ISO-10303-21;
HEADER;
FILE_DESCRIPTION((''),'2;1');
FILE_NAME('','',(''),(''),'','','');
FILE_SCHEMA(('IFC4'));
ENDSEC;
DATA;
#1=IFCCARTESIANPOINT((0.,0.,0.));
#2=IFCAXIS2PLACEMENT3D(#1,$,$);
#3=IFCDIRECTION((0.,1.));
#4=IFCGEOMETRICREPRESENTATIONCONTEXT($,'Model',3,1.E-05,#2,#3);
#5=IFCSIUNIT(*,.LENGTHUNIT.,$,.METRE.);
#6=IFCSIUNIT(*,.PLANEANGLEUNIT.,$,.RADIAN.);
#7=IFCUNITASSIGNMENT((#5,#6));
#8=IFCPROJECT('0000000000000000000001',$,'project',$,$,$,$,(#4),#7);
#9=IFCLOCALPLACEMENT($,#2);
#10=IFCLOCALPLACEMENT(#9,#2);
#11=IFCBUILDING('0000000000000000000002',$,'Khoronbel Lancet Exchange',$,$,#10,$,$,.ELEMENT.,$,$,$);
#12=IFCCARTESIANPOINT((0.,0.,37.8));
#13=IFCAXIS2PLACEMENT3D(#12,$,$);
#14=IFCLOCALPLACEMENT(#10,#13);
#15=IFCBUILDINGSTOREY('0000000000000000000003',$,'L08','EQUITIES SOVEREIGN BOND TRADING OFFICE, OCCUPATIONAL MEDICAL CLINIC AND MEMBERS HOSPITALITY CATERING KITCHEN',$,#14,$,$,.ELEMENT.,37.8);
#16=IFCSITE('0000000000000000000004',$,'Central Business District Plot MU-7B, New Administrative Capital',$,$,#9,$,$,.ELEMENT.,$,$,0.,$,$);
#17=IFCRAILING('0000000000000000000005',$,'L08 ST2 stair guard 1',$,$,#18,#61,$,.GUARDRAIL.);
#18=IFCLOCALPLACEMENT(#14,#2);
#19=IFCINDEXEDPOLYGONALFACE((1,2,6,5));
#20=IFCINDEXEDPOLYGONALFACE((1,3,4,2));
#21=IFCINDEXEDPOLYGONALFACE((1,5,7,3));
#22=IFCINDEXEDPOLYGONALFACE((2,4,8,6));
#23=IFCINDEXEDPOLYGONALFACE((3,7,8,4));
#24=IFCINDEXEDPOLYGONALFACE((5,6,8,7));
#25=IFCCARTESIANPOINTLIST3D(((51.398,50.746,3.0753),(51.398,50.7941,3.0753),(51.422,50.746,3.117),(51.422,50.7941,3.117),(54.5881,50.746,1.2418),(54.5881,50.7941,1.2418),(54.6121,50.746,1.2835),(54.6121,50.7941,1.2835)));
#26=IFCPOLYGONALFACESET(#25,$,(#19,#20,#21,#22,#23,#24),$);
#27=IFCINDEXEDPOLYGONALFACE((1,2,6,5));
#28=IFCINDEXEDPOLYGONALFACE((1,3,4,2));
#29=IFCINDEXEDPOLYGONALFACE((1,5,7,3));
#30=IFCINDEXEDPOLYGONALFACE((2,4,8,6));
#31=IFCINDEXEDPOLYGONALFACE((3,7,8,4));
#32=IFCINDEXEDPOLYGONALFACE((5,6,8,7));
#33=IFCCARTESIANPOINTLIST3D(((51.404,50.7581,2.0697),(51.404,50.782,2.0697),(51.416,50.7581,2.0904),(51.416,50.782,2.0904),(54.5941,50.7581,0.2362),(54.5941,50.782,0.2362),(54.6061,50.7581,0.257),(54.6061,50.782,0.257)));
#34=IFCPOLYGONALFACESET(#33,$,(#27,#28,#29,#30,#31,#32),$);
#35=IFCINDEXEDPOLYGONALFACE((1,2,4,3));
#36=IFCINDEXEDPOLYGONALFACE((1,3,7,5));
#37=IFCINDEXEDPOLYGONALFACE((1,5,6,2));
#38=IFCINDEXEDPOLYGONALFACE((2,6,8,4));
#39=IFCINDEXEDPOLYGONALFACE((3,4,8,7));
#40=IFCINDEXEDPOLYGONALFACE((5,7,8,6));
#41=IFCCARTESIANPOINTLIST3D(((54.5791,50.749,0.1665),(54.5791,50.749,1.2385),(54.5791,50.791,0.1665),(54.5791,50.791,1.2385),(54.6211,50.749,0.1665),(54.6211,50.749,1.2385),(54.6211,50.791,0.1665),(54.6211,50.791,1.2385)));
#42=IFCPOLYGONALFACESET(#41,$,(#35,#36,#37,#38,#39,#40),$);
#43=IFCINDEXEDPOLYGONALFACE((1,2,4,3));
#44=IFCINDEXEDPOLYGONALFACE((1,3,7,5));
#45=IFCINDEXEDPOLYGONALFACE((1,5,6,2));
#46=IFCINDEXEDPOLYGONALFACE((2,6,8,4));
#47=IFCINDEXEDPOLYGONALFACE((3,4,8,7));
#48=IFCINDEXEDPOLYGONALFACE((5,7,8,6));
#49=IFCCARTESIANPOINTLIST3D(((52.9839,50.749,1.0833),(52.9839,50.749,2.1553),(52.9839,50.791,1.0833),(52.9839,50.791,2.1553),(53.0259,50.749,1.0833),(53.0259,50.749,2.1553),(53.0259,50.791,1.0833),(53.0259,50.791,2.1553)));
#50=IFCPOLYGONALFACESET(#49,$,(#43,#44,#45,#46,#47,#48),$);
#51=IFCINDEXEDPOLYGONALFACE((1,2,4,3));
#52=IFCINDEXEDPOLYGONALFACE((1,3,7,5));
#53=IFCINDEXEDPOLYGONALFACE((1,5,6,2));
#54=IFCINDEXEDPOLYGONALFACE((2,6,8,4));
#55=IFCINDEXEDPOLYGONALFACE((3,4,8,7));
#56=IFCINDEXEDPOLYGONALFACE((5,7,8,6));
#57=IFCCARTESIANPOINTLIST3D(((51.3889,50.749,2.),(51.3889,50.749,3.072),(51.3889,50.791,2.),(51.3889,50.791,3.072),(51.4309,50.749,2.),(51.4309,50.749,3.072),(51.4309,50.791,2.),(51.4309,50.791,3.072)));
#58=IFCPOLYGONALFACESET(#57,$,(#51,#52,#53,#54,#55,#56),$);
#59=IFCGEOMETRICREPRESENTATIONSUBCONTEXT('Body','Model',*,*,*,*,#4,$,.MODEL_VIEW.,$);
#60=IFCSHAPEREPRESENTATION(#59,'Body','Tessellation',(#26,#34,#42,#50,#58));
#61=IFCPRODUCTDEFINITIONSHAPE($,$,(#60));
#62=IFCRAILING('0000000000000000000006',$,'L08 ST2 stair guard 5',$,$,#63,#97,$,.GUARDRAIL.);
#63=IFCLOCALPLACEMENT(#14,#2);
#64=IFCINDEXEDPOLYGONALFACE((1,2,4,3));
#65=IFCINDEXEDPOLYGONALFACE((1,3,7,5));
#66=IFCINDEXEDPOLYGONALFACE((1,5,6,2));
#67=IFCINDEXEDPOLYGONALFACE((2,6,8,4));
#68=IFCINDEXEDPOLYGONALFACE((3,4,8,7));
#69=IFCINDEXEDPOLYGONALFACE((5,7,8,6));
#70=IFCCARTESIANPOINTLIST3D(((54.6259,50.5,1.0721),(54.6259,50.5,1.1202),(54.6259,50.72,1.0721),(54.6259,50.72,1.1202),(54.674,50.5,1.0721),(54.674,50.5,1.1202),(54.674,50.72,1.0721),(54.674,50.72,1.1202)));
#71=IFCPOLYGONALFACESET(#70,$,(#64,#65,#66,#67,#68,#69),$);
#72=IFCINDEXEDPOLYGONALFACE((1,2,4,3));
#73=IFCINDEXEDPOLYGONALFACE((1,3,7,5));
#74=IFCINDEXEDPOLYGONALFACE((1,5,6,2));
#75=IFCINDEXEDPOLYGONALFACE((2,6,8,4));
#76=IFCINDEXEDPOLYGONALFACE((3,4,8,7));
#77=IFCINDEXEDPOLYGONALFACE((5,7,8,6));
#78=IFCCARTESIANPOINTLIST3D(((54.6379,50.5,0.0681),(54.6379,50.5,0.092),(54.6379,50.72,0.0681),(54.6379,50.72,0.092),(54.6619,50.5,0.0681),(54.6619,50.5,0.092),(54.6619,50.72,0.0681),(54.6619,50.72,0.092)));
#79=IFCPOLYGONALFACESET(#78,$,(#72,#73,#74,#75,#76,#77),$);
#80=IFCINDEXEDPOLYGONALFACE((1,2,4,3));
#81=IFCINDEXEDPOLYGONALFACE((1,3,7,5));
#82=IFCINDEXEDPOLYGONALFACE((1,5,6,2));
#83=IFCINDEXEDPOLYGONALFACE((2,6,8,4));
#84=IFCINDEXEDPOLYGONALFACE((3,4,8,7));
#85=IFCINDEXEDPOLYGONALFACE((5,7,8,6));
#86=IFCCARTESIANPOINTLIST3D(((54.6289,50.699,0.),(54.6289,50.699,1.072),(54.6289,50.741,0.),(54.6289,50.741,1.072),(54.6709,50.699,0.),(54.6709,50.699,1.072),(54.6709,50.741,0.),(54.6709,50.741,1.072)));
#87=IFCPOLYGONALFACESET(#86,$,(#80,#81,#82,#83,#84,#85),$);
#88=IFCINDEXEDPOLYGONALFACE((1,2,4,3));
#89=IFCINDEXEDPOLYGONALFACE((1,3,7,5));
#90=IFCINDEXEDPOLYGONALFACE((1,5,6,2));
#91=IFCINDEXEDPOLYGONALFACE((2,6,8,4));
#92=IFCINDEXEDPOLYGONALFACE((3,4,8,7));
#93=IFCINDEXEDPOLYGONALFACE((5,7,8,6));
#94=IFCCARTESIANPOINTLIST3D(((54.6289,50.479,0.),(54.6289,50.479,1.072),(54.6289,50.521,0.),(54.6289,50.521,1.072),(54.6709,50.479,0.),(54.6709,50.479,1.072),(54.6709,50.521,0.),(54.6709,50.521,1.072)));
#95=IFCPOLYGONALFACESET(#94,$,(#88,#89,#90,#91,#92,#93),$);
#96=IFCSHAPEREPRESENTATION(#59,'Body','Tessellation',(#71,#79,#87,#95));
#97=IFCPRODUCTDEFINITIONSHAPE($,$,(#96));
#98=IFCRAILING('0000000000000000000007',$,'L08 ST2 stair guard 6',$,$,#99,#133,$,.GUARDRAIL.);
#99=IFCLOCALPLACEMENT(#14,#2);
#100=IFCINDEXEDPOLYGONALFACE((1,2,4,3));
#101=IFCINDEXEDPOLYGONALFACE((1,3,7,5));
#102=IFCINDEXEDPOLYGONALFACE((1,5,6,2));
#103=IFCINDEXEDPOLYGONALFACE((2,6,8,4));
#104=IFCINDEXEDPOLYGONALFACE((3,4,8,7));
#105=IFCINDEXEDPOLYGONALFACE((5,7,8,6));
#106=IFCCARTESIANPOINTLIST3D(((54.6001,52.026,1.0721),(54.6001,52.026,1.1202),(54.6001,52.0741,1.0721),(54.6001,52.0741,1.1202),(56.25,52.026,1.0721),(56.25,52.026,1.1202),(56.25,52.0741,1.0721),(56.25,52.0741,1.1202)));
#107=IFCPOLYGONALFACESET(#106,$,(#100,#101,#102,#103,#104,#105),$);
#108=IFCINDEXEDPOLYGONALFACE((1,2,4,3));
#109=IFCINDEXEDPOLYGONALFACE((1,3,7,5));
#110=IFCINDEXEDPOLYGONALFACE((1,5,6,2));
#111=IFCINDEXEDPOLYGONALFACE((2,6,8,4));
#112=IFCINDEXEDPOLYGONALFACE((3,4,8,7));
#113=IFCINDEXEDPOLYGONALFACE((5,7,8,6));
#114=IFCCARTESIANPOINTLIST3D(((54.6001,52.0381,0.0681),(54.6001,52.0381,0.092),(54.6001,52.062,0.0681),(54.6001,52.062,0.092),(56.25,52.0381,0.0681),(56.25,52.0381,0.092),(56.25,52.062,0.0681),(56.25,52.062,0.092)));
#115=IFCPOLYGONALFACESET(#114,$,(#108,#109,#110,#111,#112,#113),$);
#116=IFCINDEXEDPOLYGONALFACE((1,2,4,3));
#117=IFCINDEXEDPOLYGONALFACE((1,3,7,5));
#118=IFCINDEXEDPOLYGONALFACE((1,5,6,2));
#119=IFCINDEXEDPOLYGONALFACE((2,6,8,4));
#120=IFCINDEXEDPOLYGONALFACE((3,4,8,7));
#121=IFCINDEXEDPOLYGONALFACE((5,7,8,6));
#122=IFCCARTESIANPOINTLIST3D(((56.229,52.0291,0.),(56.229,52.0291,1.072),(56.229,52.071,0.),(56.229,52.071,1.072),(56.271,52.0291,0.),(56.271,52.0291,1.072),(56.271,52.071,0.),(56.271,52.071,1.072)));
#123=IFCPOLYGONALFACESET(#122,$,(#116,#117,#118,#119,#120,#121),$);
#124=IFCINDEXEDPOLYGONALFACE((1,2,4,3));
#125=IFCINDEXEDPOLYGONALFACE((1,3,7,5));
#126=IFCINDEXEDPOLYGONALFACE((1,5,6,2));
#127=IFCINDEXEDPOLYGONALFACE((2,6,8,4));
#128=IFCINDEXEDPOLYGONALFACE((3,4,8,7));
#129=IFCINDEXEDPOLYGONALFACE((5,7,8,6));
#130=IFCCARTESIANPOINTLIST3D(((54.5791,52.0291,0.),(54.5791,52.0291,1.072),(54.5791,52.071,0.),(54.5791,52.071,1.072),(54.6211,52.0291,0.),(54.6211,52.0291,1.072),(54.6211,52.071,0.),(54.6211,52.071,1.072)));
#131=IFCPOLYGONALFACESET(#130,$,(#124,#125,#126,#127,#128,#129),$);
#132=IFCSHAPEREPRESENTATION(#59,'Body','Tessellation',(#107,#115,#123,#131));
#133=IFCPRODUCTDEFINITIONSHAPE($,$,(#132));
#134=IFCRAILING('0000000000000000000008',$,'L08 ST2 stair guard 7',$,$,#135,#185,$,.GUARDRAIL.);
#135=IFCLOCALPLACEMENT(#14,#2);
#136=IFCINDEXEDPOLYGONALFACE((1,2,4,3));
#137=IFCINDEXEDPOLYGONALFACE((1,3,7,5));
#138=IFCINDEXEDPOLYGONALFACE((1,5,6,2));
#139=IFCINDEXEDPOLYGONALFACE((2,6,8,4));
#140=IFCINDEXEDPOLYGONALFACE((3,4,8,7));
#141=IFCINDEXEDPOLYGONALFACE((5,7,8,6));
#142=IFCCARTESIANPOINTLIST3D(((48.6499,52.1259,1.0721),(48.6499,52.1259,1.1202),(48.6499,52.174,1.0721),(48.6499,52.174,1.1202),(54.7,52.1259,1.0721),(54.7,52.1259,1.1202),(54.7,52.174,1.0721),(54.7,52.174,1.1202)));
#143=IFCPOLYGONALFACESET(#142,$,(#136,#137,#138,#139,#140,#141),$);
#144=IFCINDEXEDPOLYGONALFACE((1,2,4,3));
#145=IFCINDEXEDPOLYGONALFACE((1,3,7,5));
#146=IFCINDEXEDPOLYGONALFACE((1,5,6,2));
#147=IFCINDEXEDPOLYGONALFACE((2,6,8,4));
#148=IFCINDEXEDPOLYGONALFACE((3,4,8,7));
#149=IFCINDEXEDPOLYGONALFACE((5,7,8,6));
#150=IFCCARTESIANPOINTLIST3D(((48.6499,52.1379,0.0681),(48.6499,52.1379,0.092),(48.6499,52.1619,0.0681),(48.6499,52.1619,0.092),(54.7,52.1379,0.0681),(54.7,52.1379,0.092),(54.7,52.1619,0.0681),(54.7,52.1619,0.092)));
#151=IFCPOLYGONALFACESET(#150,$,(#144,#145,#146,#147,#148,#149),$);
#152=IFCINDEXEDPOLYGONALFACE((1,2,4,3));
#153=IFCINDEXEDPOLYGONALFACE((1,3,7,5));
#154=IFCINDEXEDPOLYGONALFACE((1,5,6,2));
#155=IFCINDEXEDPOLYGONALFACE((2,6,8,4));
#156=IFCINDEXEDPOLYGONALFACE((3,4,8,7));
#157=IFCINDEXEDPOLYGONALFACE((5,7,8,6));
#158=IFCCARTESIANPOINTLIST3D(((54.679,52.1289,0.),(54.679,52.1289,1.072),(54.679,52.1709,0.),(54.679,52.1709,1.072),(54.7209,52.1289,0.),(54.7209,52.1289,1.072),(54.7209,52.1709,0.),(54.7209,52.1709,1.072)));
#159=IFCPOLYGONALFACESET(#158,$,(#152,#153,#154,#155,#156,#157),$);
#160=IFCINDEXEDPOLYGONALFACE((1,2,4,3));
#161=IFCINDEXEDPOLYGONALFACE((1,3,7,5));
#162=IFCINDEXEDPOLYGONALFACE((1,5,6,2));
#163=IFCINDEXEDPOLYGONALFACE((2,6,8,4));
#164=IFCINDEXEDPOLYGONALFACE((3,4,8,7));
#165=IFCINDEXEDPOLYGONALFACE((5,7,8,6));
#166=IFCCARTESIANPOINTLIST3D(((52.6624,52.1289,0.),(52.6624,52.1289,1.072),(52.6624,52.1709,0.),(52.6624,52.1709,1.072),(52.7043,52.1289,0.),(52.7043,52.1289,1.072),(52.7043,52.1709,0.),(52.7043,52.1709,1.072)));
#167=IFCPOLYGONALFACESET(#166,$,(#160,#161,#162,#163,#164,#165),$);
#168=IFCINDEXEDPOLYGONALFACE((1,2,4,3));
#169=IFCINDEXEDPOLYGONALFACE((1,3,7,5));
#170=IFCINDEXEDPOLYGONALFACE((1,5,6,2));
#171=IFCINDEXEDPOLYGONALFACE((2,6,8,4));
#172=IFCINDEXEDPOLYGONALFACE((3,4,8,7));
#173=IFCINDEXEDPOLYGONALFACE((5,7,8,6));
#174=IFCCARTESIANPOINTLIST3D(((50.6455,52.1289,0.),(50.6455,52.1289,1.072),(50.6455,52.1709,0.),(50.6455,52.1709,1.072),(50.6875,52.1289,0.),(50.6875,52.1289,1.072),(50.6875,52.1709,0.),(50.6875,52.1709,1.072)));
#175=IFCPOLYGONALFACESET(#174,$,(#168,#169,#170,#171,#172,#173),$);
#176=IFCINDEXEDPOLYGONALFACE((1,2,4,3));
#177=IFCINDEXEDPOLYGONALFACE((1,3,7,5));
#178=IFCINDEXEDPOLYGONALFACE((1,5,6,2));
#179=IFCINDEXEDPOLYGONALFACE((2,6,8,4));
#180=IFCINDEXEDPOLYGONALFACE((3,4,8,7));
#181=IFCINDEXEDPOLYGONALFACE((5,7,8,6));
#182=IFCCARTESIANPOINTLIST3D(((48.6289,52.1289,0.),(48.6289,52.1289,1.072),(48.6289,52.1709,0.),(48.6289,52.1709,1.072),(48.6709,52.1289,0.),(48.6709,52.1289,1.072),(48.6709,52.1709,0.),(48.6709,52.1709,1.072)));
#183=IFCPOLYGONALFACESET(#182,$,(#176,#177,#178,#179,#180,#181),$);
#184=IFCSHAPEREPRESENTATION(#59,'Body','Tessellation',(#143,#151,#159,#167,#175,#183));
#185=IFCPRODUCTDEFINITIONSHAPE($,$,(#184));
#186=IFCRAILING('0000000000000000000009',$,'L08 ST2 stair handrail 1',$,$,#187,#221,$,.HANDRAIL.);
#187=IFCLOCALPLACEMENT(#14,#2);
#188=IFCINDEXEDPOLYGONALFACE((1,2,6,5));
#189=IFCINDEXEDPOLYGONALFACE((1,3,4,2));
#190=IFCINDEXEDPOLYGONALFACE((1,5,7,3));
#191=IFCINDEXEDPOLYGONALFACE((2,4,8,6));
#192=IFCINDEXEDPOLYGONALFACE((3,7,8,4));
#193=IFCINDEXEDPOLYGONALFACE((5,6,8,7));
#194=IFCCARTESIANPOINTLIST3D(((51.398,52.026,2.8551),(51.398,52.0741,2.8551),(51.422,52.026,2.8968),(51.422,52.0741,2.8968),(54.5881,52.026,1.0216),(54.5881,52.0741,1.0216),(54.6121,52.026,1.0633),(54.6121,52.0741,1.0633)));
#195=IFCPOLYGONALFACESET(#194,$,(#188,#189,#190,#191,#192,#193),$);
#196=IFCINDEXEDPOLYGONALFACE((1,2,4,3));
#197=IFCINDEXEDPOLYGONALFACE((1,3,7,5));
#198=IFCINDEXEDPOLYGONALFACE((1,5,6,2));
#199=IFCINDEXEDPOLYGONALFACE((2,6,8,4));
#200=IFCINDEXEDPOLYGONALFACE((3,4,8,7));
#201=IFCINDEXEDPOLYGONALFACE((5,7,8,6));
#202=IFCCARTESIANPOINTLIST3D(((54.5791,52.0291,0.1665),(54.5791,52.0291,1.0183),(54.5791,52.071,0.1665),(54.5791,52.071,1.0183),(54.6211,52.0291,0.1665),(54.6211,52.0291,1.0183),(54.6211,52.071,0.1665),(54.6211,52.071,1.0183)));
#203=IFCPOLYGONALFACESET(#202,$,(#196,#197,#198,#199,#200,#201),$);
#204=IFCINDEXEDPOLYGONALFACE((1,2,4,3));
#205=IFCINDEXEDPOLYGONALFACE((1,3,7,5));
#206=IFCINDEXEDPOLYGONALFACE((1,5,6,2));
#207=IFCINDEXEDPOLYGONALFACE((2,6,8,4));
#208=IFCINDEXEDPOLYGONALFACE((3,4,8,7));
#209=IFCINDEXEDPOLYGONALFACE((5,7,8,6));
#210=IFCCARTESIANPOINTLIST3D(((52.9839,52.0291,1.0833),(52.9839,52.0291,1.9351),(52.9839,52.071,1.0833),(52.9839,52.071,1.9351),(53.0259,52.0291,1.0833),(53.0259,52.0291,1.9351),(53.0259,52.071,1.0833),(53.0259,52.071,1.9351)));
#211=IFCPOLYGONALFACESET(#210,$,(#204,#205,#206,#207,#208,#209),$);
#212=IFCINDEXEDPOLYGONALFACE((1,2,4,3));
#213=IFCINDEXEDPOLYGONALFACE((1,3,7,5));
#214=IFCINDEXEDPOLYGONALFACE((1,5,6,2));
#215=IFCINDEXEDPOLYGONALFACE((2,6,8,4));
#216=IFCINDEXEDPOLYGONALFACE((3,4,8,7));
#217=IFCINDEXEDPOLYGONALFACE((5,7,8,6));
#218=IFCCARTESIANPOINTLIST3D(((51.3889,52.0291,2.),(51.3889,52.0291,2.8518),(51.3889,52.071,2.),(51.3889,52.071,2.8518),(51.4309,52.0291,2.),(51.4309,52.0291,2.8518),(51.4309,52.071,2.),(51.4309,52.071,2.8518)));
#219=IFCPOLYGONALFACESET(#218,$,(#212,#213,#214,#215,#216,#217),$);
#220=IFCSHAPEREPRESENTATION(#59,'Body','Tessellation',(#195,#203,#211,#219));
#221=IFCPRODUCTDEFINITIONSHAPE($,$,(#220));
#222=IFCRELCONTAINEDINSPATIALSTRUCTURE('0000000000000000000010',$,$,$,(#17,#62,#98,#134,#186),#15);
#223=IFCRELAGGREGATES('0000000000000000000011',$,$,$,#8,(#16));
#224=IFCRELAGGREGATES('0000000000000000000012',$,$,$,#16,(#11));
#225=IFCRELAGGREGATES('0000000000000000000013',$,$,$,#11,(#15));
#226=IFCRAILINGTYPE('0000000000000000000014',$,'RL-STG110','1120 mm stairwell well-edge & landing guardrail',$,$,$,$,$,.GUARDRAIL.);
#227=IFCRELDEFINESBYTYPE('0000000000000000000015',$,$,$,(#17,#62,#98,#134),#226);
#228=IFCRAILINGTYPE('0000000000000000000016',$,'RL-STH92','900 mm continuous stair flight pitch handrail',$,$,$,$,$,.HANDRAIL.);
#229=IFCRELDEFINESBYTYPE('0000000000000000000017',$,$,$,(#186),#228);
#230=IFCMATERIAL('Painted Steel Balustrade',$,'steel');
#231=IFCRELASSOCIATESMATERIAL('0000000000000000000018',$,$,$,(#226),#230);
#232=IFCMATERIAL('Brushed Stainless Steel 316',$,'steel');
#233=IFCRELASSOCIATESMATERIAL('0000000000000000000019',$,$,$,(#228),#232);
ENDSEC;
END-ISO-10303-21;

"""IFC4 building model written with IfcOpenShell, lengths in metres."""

from ifc_helpers import new_model, si_unit, direction, frame, origin, origin_2d, place, context, subcontext, project, spatial, rectangle, extrude, material, type_object, element, save


model = new_model("IFC4")

# Units and contexts
model_context = context("Model", 3, precision=1e-05, world=origin(), true_north=direction((0.0, 1.0)))
body_context = subcontext(model_context, "Body", "Model", "MODEL_VIEW")
ifc_project = project(units=[si_unit("LENGTHUNIT", "METRE"), si_unit("PLANEANGLEUNIT", "RADIAN")], contexts=[model_context])

# Site, building, storey
site_placement = place(None, origin())
site = spatial("IfcSite", under=ifc_project, at=site_placement, Name="Central Business District Plot MU-7B, New Administrative Capital", CompositionType="ELEMENT", RefElevation=0.0)
building_placement = place(site_placement, origin())
building = spatial("IfcBuilding", under=site, at=building_placement, Name="Khoronbel Lancet Exchange", CompositionType="ELEMENT")
storey_placement = place(building_placement, frame((0.0, 0.0, 37.8)))
storey = spatial("IfcBuildingStorey", under=building, at=storey_placement, Name="L08", Description="EQUITIES SOVEREIGN BOND TRADING OFFICE, OCCUPATIONAL MEDICAL CLINIC AND MEMBERS HOSPITALITY CATERING KITCHEN", CompositionType="ELEMENT", Elevation=37.8)

# Railings
ifc_material_1 = material(Name="Painted Steel Balustrade", Category="steel")
railing_type_1 = type_object("IfcRailingType", Name="RL-STG110", Description="1120 mm stairwell well-edge & landing guardrail", PredefinedType="GUARDRAIL", material=ifc_material_1)
railing_1_placement = place(storey_placement, frame((54.6001, 50.77, 0.1665)))
element("IfcRailing", 1, at=railing_1_placement, inside=storey, type_object=railing_type_1, Name="L08 ST2 stair guard 1", PredefinedType="GUARDRAIL", context=body_context, shape_type="SweptSolid", body=[
    extrude(rectangle(XDim=0.0481, YDim=0.0481, at=origin_2d()), frame((0.0, 0.0, 1.0962), z_axis=(-0.867007, 0.0, 0.498295), x_axis=(0.0, -1.0, 0.0)), (0.0, 0.0, 1.0), 3.6794),
    extrude(rectangle(XDim=0.0239, YDim=0.0239, at=origin_2d()), frame((0.0, 0.0, 0.0801), z_axis=(-0.867007, 0.0, 0.498295), x_axis=(0.0, -1.0, 0.0)), (0.0, 0.0, 1.0), 3.6794),
    extrude(rectangle(XDim=0.042, YDim=0.042, at=origin_2d()), origin(), (0.0, 0.0, 1.0), 1.072),
    extrude(rectangle(XDim=0.042, YDim=0.042, at=origin_2d()), frame((-1.5952, 0.0, 0.9167)), (0.0, 0.0, 1.0), 1.072),
    extrude(rectangle(XDim=0.042, YDim=0.042, at=origin_2d()), frame((-3.1902, 0.0, 1.8335)), (0.0, 0.0, 1.0), 1.072),
])
railing_2_placement = place(storey_placement, frame((54.6499, 50.72, 0.0)))
element("IfcRailing", 2, at=railing_2_placement, inside=storey, type_object=railing_type_1, Name="L08 ST2 stair guard 5", PredefinedType="GUARDRAIL", context=body_context, shape_type="SweptSolid", body=[
    extrude(rectangle(XDim=0.0481, YDim=0.0481, at=origin_2d()), frame((0.0, 0.0, 1.0962), z_axis=(0.0, -1.0, 0.0), x_axis=(1.0, 0.0, 0.0)), (0.0, 0.0, 1.0), 0.22),
    extrude(rectangle(XDim=0.0239, YDim=0.0239, at=origin_2d()), frame((0.0, 0.0, 0.0801), z_axis=(0.0, -1.0, 0.0), x_axis=(1.0, 0.0, 0.0)), (0.0, 0.0, 1.0), 0.22),
    extrude(rectangle(XDim=0.042, YDim=0.042, at=origin_2d()), origin(), (0.0, 0.0, 1.0), 1.072),
    extrude(rectangle(XDim=0.042, YDim=0.042, at=origin_2d()), frame((0.0, -0.22, 0.0)), (0.0, 0.0, 1.0), 1.072),
])
railing_3_placement = place(storey_placement, frame((56.25, 52.05, 0.0)))
element("IfcRailing", 3, at=railing_3_placement, inside=storey, type_object=railing_type_1, Name="L08 ST2 stair guard 6", PredefinedType="GUARDRAIL", context=body_context, shape_type="SweptSolid", body=[
    extrude(rectangle(XDim=0.0481, YDim=0.0481, at=origin_2d()), frame((0.0, 0.0, 1.0962), z_axis=(-1.0, 0.0, 0.0), x_axis=(0.0, -1.0, 0.0)), (0.0, 0.0, 1.0), 1.6499),
    extrude(rectangle(XDim=0.0239, YDim=0.0239, at=origin_2d()), frame((0.0, 0.0, 0.0801), z_axis=(-1.0, 0.0, 0.0), x_axis=(0.0, -1.0, 0.0)), (0.0, 0.0, 1.0), 1.6499),
    extrude(rectangle(XDim=0.042, YDim=0.042, at=origin_2d()), origin(), (0.0, 0.0, 1.0), 1.072),
    extrude(rectangle(XDim=0.042, YDim=0.042, at=origin_2d()), frame((-1.6499, 0.0, 0.0)), (0.0, 0.0, 1.0), 1.072),
])
railing_4_placement = place(storey_placement, frame((54.7, 52.1499, 0.0)))
element("IfcRailing", 4, at=railing_4_placement, inside=storey, type_object=railing_type_1, Name="L08 ST2 stair guard 7", PredefinedType="GUARDRAIL", context=body_context, shape_type="SweptSolid", body=[
    extrude(rectangle(XDim=0.0481, YDim=0.0481, at=origin_2d()), frame((0.0, 0.0, 1.0962), z_axis=(-1.0, 0.0, 0.0), x_axis=(0.0, -1.0, 0.0)), (0.0, 0.0, 1.0), 6.05),
    extrude(rectangle(XDim=0.0239, YDim=0.0239, at=origin_2d()), frame((0.0, 0.0, 0.0801), z_axis=(-1.0, 0.0, 0.0), x_axis=(0.0, -1.0, 0.0)), (0.0, 0.0, 1.0), 6.05),
    extrude(rectangle(XDim=0.042, YDim=0.042, at=origin_2d()), origin(), (0.0, 0.0, 1.0), 1.072),
    extrude(rectangle(XDim=0.042, YDim=0.042, at=origin_2d()), frame((-2.0166, 0.0, 0.0)), (0.0, 0.0, 1.0), 1.072),
    extrude(rectangle(XDim=0.042, YDim=0.042, at=origin_2d()), frame((-4.0334, 0.0, 0.0)), (0.0, 0.0, 1.0), 1.072),
    extrude(rectangle(XDim=0.042, YDim=0.042, at=origin_2d()), frame((-6.05, 0.0, 0.0)), (0.0, 0.0, 1.0), 1.072),
])
ifc_material_2 = material(Name="Brushed Stainless Steel 316", Category="steel")
railing_type_2 = type_object("IfcRailingType", Name="RL-STH92", Description="900 mm continuous stair flight pitch handrail", PredefinedType="HANDRAIL", material=ifc_material_2)
railing_5_placement = place(storey_placement, frame((54.6001, 52.05, 0.1665)))
element("IfcRailing", 5, at=railing_5_placement, inside=storey, type_object=railing_type_2, Name="L08 ST2 stair handrail 1", PredefinedType="HANDRAIL", context=body_context, shape_type="SweptSolid", body=[
    extrude(rectangle(XDim=0.0481, YDim=0.0481, at=origin_2d()), frame((0.0, 0.0, 0.876), z_axis=(-0.867007, 0.0, 0.498295), x_axis=(0.0, -1.0, 0.0)), (0.0, 0.0, 1.0), 3.6794),
    extrude(rectangle(XDim=0.042, YDim=0.042, at=origin_2d()), origin(), (0.0, 0.0, 1.0), 0.8518),
    extrude(rectangle(XDim=0.042, YDim=0.042, at=origin_2d()), frame((-1.5952, 0.0, 0.9167)), (0.0, 0.0, 1.0), 0.8518),
    extrude(rectangle(XDim=0.042, YDim=0.042, at=origin_2d()), frame((-3.1902, 0.0, 1.8335)), (0.0, 0.0, 1.0), 0.8518),
])

save(model, "model.ifc")
